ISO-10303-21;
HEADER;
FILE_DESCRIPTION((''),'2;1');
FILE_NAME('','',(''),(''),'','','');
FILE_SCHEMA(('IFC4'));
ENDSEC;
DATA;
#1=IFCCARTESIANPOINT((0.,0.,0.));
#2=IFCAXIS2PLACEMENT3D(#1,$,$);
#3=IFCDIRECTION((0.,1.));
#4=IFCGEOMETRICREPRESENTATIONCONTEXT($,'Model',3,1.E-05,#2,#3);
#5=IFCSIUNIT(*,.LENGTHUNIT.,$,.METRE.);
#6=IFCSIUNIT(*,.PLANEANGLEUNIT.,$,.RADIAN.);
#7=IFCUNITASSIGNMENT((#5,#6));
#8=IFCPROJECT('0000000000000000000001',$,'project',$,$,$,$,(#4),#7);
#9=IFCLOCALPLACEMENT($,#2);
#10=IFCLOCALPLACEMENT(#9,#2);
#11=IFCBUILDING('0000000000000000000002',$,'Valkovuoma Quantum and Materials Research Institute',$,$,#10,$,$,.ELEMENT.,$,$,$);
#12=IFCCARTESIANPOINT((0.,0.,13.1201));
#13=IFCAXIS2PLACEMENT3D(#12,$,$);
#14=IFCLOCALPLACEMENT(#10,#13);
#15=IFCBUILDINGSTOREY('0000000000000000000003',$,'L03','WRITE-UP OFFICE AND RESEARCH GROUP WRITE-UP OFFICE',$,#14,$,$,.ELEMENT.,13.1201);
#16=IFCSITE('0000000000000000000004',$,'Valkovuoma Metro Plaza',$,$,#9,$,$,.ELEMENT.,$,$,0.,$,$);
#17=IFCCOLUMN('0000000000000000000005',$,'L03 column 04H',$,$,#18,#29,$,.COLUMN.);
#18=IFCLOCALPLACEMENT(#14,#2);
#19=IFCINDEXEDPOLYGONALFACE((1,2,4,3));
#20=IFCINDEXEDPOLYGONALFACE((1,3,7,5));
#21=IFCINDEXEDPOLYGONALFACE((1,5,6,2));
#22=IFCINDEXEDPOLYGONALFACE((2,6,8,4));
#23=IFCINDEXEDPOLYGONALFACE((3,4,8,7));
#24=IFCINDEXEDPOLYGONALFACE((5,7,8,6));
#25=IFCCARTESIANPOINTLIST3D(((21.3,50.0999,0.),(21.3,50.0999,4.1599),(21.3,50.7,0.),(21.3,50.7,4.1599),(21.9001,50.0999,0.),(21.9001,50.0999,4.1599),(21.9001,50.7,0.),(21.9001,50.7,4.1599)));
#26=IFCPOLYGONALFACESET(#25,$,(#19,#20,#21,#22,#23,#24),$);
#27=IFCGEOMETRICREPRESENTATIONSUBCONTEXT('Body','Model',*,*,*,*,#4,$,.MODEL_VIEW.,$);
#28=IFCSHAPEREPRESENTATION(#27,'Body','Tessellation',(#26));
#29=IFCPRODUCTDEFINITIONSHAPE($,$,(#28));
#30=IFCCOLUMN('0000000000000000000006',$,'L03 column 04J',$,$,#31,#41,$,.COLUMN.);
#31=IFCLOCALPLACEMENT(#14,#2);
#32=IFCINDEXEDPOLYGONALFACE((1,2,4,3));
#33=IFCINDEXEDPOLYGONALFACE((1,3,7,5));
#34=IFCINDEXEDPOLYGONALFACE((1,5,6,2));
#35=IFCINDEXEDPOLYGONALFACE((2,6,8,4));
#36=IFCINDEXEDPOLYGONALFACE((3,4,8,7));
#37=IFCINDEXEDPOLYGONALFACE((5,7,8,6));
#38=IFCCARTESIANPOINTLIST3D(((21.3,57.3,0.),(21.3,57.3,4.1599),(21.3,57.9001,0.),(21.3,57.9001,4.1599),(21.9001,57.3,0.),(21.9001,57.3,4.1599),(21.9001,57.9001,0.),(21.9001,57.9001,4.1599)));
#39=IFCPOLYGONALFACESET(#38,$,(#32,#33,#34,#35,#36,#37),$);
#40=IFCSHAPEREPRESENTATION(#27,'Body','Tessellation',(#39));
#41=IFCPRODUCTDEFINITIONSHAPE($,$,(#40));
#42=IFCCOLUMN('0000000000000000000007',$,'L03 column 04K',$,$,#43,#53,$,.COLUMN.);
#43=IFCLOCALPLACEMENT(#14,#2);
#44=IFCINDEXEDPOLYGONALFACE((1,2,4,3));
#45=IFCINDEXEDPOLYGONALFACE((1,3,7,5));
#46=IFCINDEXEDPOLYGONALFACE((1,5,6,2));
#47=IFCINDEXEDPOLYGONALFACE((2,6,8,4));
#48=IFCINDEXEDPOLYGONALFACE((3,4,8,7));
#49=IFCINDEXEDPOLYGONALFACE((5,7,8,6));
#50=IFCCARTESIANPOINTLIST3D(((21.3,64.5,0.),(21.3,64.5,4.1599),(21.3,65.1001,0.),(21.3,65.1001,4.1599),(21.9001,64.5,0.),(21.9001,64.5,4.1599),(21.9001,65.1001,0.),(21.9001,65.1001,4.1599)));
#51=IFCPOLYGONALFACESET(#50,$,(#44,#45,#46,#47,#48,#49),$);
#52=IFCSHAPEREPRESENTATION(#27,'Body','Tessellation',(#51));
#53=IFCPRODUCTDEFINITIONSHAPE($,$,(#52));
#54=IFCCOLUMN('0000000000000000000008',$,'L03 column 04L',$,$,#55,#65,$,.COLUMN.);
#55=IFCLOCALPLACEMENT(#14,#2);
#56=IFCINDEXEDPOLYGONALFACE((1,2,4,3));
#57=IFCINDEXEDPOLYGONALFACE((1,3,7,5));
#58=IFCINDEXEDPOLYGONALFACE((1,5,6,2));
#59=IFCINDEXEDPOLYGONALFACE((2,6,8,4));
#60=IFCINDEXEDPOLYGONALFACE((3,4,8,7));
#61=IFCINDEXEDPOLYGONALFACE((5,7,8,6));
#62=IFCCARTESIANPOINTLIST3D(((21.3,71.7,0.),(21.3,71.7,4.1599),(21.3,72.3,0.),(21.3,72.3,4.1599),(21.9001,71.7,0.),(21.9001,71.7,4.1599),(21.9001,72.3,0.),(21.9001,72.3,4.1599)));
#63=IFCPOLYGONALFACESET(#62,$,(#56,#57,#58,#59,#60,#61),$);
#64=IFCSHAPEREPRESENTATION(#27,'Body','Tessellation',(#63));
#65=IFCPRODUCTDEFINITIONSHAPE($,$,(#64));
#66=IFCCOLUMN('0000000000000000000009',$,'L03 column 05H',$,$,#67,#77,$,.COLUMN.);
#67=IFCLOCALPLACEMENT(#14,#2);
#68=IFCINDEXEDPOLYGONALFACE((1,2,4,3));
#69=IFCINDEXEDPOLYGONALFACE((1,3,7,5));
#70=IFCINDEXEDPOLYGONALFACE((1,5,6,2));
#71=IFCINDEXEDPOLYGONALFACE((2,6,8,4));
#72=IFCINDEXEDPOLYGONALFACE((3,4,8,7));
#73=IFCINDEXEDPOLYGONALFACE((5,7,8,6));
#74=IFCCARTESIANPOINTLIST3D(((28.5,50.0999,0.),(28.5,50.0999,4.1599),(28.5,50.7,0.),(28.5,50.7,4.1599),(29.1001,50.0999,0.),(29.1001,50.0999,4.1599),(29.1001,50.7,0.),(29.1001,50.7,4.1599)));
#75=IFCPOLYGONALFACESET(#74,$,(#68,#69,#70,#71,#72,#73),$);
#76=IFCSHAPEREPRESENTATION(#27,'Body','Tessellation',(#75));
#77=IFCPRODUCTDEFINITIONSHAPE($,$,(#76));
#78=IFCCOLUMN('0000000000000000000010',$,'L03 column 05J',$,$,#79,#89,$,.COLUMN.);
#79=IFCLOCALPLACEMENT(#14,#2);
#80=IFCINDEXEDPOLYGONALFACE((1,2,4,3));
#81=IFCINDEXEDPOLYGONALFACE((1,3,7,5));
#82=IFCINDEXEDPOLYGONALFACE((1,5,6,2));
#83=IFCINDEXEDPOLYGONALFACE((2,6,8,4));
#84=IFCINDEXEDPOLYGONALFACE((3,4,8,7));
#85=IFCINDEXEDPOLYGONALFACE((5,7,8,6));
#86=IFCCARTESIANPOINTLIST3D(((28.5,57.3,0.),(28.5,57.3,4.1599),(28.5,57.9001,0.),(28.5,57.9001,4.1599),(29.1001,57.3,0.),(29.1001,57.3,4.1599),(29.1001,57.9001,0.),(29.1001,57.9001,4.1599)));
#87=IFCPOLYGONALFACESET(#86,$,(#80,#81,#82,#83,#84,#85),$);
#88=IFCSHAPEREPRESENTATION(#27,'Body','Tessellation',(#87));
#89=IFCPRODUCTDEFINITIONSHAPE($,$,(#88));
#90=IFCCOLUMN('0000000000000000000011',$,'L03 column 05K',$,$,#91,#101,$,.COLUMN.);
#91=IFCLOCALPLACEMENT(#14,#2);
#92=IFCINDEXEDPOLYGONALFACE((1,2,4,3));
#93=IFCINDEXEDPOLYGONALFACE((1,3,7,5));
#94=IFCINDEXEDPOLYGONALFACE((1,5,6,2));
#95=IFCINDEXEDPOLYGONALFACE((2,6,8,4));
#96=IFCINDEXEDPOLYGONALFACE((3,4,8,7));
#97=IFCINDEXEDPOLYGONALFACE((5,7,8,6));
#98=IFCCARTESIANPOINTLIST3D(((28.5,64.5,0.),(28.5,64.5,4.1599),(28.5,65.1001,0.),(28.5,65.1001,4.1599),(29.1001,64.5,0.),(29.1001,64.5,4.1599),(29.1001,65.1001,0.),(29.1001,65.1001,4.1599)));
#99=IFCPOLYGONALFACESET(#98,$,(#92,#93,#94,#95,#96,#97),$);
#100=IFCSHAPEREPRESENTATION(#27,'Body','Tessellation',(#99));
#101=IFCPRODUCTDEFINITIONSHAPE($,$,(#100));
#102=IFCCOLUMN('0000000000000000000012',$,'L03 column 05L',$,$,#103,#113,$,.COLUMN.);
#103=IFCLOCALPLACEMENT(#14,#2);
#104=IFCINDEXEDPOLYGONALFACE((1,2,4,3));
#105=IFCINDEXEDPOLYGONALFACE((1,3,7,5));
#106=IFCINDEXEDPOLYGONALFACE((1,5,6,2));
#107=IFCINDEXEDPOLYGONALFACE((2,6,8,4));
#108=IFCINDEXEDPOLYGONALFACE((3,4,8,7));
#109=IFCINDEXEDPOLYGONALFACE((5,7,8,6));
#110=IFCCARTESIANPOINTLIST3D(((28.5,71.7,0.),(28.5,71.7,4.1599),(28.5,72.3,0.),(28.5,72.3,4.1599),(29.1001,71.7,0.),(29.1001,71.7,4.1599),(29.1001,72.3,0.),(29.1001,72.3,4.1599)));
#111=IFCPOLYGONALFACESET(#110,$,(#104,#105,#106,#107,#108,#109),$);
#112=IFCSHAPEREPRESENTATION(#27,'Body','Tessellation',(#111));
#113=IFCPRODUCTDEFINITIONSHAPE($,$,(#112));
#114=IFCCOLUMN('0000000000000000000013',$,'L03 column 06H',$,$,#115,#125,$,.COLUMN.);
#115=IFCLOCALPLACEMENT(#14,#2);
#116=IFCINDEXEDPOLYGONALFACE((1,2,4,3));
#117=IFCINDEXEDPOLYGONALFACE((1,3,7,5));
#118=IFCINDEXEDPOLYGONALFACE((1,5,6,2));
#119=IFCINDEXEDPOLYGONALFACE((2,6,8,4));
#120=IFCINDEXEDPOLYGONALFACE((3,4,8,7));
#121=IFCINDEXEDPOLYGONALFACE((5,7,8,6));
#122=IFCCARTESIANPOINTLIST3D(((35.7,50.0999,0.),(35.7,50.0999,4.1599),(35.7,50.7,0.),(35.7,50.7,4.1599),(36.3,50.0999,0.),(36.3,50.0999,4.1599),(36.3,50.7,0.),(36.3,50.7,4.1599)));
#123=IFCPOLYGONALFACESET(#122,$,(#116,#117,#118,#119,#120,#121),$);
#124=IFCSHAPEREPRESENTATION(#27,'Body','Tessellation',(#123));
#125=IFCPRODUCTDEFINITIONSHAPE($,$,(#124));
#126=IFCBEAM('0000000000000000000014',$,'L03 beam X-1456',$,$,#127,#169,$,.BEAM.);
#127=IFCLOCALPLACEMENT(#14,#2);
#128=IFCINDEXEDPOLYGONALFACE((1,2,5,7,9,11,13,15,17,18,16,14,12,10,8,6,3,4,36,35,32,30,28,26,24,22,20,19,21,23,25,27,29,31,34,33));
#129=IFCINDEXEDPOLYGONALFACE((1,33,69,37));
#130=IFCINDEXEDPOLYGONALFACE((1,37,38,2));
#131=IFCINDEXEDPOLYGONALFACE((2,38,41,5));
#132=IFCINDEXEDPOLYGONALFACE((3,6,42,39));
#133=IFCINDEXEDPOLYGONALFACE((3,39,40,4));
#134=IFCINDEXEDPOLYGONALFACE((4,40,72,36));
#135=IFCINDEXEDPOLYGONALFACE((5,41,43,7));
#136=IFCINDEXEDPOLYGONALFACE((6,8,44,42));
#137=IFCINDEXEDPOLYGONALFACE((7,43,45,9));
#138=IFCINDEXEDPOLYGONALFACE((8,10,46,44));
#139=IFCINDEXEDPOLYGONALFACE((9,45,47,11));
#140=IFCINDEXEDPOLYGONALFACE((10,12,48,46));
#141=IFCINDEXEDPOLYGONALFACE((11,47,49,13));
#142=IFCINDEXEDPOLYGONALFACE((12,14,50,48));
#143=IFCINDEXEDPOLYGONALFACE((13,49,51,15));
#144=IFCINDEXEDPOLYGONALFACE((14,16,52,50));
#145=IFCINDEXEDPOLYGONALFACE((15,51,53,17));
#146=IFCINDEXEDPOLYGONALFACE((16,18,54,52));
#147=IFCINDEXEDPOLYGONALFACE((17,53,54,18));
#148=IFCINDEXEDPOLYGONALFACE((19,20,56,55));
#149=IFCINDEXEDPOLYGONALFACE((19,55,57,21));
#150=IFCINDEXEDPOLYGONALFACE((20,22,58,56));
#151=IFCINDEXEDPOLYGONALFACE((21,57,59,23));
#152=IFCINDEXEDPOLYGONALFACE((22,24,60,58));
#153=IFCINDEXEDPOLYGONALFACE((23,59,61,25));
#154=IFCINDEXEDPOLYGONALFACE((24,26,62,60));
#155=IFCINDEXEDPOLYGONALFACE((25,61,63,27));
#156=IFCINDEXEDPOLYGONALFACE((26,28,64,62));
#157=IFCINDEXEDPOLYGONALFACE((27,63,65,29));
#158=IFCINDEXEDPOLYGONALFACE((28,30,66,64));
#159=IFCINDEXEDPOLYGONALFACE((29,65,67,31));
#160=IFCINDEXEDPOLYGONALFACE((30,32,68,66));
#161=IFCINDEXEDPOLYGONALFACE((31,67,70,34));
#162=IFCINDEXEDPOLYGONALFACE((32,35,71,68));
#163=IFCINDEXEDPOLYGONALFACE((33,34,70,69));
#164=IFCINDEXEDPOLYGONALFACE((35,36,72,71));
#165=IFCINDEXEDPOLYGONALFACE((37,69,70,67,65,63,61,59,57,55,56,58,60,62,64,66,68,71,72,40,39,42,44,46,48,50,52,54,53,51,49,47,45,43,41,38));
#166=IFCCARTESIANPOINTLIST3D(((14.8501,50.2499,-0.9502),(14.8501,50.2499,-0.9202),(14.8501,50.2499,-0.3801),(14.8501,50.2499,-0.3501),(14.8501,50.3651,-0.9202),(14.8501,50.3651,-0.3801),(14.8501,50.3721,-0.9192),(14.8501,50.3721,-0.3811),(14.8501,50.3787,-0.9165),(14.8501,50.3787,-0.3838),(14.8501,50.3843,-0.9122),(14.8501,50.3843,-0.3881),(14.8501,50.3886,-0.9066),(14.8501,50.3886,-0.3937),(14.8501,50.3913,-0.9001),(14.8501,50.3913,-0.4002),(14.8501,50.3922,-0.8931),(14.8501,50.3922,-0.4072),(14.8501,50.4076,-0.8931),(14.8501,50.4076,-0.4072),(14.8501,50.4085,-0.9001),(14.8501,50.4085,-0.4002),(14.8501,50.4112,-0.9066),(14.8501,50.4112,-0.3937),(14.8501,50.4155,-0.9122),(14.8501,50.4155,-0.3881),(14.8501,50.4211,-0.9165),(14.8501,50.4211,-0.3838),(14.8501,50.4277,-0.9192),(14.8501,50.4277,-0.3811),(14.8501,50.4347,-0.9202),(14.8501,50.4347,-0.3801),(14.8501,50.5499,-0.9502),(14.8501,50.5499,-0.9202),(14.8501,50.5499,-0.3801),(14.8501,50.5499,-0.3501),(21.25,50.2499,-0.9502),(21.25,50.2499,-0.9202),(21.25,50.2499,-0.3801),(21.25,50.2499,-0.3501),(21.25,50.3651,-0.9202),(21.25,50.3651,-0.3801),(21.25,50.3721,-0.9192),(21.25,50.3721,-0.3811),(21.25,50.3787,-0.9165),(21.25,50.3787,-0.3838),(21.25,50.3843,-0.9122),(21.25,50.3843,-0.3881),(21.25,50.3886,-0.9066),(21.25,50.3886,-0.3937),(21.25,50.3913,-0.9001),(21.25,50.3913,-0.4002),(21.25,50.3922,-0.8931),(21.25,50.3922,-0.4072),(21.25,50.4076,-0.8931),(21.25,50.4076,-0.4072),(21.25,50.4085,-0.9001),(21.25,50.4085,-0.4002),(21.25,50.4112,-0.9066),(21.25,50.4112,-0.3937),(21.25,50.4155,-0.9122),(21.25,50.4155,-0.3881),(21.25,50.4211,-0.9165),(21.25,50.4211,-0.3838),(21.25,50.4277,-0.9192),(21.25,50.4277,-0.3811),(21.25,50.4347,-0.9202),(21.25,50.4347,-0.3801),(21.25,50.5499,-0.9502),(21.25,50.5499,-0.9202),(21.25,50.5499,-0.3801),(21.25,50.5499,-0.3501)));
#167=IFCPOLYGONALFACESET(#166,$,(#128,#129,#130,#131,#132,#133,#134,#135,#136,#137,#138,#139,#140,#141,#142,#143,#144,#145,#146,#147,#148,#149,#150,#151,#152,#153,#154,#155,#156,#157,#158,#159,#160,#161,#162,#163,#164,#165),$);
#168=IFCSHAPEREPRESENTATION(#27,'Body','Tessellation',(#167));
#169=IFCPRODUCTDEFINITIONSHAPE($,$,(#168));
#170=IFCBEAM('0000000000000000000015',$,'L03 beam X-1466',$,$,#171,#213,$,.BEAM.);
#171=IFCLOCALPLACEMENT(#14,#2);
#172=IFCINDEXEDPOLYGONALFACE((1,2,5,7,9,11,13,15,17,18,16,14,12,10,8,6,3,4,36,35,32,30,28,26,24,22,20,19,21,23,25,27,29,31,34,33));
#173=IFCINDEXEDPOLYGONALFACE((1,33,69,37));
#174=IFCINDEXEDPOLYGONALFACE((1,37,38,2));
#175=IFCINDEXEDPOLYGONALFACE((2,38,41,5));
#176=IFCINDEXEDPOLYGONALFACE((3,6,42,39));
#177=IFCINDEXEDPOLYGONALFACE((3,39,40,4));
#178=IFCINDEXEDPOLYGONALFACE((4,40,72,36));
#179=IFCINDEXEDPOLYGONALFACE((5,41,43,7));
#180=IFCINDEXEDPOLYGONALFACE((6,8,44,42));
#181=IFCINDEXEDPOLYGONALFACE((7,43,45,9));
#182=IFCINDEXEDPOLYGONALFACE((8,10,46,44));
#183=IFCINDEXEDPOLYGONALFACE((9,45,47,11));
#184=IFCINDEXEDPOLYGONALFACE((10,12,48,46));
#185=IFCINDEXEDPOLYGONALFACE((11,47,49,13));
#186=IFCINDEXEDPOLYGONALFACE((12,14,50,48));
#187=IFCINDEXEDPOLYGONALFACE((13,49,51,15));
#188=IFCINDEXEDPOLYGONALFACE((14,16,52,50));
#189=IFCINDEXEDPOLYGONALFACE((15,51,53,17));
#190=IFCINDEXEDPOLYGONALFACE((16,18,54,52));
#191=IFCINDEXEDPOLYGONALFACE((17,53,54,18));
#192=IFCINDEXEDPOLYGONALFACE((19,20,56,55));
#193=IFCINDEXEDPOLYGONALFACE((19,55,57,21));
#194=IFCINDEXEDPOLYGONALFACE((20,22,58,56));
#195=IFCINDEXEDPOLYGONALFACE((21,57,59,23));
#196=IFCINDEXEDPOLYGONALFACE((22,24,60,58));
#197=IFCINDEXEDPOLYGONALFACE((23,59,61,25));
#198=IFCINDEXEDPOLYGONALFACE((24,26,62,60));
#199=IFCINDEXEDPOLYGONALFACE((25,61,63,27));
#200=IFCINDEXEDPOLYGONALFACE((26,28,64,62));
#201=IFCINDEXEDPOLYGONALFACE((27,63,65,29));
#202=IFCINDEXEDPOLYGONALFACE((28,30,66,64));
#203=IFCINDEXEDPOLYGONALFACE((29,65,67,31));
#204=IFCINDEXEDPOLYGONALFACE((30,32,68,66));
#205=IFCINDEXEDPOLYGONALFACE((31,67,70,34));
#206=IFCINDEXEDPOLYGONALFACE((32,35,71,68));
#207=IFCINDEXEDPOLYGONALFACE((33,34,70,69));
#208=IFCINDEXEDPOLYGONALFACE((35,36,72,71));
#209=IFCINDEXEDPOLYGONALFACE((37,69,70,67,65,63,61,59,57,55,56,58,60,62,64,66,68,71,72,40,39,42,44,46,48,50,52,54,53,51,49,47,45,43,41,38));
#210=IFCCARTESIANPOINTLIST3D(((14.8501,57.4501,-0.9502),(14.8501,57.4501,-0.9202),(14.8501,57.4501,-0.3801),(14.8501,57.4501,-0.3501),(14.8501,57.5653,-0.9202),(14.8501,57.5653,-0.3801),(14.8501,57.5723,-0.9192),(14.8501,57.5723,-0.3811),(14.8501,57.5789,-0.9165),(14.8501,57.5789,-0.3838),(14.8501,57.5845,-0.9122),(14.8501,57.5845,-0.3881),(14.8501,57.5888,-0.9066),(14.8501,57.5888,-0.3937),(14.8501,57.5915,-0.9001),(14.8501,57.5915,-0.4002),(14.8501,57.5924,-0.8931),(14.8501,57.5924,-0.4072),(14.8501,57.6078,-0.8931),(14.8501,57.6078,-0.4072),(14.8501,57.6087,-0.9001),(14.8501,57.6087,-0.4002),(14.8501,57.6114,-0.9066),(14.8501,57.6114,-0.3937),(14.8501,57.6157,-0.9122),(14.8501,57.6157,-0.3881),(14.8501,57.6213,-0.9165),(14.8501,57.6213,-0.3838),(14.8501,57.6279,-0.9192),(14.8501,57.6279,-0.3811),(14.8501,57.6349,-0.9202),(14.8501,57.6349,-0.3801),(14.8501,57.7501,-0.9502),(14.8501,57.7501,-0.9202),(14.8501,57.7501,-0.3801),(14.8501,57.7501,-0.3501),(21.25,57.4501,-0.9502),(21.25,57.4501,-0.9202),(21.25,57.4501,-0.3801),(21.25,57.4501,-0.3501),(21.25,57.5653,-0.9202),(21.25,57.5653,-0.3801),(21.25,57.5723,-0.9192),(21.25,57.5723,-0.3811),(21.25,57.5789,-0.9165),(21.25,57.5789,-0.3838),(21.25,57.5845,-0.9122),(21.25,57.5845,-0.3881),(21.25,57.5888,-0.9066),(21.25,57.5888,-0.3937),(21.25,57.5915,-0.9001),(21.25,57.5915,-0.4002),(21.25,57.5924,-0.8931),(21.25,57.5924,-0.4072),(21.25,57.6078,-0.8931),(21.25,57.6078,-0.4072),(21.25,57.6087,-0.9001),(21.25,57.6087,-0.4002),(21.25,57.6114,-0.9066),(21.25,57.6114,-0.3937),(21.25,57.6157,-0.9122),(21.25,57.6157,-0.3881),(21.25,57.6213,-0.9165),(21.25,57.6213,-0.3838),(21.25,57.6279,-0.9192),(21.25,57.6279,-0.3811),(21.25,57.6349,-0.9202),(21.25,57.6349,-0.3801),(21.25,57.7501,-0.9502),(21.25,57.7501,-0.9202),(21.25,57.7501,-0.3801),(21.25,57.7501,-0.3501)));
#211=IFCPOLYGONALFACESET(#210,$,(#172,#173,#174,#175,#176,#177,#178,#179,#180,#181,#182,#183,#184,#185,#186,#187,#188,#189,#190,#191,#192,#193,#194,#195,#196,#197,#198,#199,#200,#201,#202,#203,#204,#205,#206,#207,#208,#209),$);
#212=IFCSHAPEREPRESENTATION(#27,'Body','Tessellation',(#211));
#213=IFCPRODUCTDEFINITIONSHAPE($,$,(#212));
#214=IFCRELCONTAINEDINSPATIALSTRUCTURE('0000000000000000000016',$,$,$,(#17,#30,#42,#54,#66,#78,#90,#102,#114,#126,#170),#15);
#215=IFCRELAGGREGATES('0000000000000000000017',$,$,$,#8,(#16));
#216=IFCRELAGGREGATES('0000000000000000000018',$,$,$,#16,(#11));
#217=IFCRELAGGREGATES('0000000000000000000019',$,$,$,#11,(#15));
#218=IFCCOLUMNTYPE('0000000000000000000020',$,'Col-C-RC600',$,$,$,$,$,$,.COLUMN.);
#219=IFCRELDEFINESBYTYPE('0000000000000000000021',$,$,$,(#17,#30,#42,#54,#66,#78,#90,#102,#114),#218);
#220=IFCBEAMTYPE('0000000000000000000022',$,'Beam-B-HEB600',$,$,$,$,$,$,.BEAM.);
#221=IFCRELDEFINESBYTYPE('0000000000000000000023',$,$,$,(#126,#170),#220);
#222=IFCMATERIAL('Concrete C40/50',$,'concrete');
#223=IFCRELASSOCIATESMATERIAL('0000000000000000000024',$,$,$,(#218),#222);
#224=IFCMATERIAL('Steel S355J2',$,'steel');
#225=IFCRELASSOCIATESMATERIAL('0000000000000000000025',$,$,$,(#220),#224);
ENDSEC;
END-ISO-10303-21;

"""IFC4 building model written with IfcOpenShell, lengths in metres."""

from ifc_helpers import new_model, si_unit, direction, frame, origin, origin_2d, place, context, subcontext, project, spatial, rectangle, i_section, extrude, material, material_profile, profile_set, type_object, element, save


model = new_model("IFC4")

# Units and contexts
model_context = context("Model", 3, precision=1e-05, world=origin(), true_north=direction((0.0, 1.0)))
body_context = subcontext(model_context, "Body", "Model", "MODEL_VIEW")
ifc_project = project(units=[si_unit("LENGTHUNIT", "METRE"), si_unit("PLANEANGLEUNIT", "RADIAN")], contexts=[model_context])

# Site, building, storey
site_placement = place(None, origin())
site = spatial("IfcSite", under=ifc_project, at=site_placement, Name="Valkovuoma Metro Plaza", CompositionType="ELEMENT", RefElevation=0.0)
building_placement = place(site_placement, origin())
building = spatial("IfcBuilding", under=site, at=building_placement, Name="Valkovuoma Quantum and Materials Research Institute", CompositionType="ELEMENT")
storey_placement = place(building_placement, frame((0.0, 0.0, 13.1201)))
storey = spatial("IfcBuildingStorey", under=building, at=storey_placement, Name="L03", Description="WRITE-UP OFFICE AND RESEARCH GROUP WRITE-UP OFFICE", CompositionType="ELEMENT", Elevation=13.1201)

# Columns
ifc_material_1 = material(Name="Concrete C40/50", Category="concrete")
ifc_material_profile_1 = material_profile(ifc_material_1, rectangle(XDim=0.6001, YDim=0.6001, at=origin_2d()), Name="Concrete C40/50")
ifc_profile_set_1 = profile_set([ifc_material_profile_1], Name="Concrete C40/50")
column_type = type_object("IfcColumnType", Name="Col-C-RC600", PredefinedType="COLUMN", material=ifc_profile_set_1)
for number, where, z_axis, x_axis, name in (
    (1, (21.6001, 50.3999, 0.0), (0.0, 0.0, 1.0), (1.0, 0.0, 0.0), "L03 column 04H"),
    (2, (21.6001, 57.6001, 0.0), (0.0, 0.0, 1.0), (1.0, 0.0, 0.0), "L03 column 04J"),
    (3, (21.6001, 64.8, 0.0), (0.0, 0.0, 1.0), (1.0, 0.0, 0.0), "L03 column 04K"),
    (4, (21.6001, 72.0, 0.0), (0.0, 0.0, 1.0), (1.0, 0.0, 0.0), "L03 column 04L"),
    (5, (28.8, 50.3999, 0.0), (0.0, 0.0, 1.0), (1.0, 0.0, 0.0), "L03 column 05H"),
    (6, (28.8, 57.6001, 0.0), (0.0, 0.0, 1.0), (1.0, 0.0, 0.0), "L03 column 05J"),
    (7, (28.8, 64.8, 0.0), (0.0, 0.0, 1.0), (1.0, 0.0, 0.0), "L03 column 05K"),
    (8, (28.8, 72.0, 0.0), (0.0, 0.0, 1.0), (1.0, 0.0, 0.0), "L03 column 05L"),
    (9, (36.0, 50.3999, 0.0), (0.0, 0.0, 1.0), (1.0, 0.0, 0.0), "L03 column 06H"),
):
    element("IfcColumn", number, at=place(storey_placement, frame(where, z_axis=z_axis, x_axis=x_axis)), inside=storey, type_object=column_type, Name=name, PredefinedType="COLUMN", context=body_context, shape_type="SweptSolid", body=[
        extrude(rectangle(XDim=0.6001, YDim=0.6001, at=origin_2d()), origin(), (0.0, 0.0, 1.0), 4.1599),
    ])

# Beams
ifc_material_2 = material(Name="Steel S355J2", Category="steel")
ifc_material_profile_2 = material_profile(ifc_material_2, i_section(OverallWidth=0.3, OverallDepth=0.6001, WebThickness=0.0154, FlangeThickness=0.03, FilletRadius=0.0271, at=origin_2d()), Name="Steel S355J2")
ifc_profile_set_2 = profile_set([ifc_material_profile_2], Name="Steel S355J2")
beam_type_1 = type_object("IfcBeamType", Name="Beam-B-HEB600", PredefinedType="BEAM", material=ifc_profile_set_2)
for number, where, z_axis, x_axis, name in (
    (10, (14.8501, 50.3999, -0.6501), (1.0, 0.0, 0.0), (0.0, 1.0, 0.0), "L03 beam X-1456"),
    (11, (14.8501, 57.6001, -0.6501), (1.0, 0.0, 0.0), (0.0, 1.0, 0.0), "L03 beam X-1466"),
):
    element("IfcBeam", number, at=place(storey_placement, frame(where, z_axis=z_axis, x_axis=x_axis)), inside=storey, type_object=beam_type_1, Name=name, PredefinedType="BEAM", context=body_context, shape_type="SweptSolid", body=[
        extrude(i_section(OverallWidth=0.3, OverallDepth=0.6001, WebThickness=0.0154, FlangeThickness=0.03, FilletRadius=0.0271, at=origin_2d()), origin(), (0.0, 0.0, 1.0), 6.3999),
    ])

save(model, "model.ifc")
